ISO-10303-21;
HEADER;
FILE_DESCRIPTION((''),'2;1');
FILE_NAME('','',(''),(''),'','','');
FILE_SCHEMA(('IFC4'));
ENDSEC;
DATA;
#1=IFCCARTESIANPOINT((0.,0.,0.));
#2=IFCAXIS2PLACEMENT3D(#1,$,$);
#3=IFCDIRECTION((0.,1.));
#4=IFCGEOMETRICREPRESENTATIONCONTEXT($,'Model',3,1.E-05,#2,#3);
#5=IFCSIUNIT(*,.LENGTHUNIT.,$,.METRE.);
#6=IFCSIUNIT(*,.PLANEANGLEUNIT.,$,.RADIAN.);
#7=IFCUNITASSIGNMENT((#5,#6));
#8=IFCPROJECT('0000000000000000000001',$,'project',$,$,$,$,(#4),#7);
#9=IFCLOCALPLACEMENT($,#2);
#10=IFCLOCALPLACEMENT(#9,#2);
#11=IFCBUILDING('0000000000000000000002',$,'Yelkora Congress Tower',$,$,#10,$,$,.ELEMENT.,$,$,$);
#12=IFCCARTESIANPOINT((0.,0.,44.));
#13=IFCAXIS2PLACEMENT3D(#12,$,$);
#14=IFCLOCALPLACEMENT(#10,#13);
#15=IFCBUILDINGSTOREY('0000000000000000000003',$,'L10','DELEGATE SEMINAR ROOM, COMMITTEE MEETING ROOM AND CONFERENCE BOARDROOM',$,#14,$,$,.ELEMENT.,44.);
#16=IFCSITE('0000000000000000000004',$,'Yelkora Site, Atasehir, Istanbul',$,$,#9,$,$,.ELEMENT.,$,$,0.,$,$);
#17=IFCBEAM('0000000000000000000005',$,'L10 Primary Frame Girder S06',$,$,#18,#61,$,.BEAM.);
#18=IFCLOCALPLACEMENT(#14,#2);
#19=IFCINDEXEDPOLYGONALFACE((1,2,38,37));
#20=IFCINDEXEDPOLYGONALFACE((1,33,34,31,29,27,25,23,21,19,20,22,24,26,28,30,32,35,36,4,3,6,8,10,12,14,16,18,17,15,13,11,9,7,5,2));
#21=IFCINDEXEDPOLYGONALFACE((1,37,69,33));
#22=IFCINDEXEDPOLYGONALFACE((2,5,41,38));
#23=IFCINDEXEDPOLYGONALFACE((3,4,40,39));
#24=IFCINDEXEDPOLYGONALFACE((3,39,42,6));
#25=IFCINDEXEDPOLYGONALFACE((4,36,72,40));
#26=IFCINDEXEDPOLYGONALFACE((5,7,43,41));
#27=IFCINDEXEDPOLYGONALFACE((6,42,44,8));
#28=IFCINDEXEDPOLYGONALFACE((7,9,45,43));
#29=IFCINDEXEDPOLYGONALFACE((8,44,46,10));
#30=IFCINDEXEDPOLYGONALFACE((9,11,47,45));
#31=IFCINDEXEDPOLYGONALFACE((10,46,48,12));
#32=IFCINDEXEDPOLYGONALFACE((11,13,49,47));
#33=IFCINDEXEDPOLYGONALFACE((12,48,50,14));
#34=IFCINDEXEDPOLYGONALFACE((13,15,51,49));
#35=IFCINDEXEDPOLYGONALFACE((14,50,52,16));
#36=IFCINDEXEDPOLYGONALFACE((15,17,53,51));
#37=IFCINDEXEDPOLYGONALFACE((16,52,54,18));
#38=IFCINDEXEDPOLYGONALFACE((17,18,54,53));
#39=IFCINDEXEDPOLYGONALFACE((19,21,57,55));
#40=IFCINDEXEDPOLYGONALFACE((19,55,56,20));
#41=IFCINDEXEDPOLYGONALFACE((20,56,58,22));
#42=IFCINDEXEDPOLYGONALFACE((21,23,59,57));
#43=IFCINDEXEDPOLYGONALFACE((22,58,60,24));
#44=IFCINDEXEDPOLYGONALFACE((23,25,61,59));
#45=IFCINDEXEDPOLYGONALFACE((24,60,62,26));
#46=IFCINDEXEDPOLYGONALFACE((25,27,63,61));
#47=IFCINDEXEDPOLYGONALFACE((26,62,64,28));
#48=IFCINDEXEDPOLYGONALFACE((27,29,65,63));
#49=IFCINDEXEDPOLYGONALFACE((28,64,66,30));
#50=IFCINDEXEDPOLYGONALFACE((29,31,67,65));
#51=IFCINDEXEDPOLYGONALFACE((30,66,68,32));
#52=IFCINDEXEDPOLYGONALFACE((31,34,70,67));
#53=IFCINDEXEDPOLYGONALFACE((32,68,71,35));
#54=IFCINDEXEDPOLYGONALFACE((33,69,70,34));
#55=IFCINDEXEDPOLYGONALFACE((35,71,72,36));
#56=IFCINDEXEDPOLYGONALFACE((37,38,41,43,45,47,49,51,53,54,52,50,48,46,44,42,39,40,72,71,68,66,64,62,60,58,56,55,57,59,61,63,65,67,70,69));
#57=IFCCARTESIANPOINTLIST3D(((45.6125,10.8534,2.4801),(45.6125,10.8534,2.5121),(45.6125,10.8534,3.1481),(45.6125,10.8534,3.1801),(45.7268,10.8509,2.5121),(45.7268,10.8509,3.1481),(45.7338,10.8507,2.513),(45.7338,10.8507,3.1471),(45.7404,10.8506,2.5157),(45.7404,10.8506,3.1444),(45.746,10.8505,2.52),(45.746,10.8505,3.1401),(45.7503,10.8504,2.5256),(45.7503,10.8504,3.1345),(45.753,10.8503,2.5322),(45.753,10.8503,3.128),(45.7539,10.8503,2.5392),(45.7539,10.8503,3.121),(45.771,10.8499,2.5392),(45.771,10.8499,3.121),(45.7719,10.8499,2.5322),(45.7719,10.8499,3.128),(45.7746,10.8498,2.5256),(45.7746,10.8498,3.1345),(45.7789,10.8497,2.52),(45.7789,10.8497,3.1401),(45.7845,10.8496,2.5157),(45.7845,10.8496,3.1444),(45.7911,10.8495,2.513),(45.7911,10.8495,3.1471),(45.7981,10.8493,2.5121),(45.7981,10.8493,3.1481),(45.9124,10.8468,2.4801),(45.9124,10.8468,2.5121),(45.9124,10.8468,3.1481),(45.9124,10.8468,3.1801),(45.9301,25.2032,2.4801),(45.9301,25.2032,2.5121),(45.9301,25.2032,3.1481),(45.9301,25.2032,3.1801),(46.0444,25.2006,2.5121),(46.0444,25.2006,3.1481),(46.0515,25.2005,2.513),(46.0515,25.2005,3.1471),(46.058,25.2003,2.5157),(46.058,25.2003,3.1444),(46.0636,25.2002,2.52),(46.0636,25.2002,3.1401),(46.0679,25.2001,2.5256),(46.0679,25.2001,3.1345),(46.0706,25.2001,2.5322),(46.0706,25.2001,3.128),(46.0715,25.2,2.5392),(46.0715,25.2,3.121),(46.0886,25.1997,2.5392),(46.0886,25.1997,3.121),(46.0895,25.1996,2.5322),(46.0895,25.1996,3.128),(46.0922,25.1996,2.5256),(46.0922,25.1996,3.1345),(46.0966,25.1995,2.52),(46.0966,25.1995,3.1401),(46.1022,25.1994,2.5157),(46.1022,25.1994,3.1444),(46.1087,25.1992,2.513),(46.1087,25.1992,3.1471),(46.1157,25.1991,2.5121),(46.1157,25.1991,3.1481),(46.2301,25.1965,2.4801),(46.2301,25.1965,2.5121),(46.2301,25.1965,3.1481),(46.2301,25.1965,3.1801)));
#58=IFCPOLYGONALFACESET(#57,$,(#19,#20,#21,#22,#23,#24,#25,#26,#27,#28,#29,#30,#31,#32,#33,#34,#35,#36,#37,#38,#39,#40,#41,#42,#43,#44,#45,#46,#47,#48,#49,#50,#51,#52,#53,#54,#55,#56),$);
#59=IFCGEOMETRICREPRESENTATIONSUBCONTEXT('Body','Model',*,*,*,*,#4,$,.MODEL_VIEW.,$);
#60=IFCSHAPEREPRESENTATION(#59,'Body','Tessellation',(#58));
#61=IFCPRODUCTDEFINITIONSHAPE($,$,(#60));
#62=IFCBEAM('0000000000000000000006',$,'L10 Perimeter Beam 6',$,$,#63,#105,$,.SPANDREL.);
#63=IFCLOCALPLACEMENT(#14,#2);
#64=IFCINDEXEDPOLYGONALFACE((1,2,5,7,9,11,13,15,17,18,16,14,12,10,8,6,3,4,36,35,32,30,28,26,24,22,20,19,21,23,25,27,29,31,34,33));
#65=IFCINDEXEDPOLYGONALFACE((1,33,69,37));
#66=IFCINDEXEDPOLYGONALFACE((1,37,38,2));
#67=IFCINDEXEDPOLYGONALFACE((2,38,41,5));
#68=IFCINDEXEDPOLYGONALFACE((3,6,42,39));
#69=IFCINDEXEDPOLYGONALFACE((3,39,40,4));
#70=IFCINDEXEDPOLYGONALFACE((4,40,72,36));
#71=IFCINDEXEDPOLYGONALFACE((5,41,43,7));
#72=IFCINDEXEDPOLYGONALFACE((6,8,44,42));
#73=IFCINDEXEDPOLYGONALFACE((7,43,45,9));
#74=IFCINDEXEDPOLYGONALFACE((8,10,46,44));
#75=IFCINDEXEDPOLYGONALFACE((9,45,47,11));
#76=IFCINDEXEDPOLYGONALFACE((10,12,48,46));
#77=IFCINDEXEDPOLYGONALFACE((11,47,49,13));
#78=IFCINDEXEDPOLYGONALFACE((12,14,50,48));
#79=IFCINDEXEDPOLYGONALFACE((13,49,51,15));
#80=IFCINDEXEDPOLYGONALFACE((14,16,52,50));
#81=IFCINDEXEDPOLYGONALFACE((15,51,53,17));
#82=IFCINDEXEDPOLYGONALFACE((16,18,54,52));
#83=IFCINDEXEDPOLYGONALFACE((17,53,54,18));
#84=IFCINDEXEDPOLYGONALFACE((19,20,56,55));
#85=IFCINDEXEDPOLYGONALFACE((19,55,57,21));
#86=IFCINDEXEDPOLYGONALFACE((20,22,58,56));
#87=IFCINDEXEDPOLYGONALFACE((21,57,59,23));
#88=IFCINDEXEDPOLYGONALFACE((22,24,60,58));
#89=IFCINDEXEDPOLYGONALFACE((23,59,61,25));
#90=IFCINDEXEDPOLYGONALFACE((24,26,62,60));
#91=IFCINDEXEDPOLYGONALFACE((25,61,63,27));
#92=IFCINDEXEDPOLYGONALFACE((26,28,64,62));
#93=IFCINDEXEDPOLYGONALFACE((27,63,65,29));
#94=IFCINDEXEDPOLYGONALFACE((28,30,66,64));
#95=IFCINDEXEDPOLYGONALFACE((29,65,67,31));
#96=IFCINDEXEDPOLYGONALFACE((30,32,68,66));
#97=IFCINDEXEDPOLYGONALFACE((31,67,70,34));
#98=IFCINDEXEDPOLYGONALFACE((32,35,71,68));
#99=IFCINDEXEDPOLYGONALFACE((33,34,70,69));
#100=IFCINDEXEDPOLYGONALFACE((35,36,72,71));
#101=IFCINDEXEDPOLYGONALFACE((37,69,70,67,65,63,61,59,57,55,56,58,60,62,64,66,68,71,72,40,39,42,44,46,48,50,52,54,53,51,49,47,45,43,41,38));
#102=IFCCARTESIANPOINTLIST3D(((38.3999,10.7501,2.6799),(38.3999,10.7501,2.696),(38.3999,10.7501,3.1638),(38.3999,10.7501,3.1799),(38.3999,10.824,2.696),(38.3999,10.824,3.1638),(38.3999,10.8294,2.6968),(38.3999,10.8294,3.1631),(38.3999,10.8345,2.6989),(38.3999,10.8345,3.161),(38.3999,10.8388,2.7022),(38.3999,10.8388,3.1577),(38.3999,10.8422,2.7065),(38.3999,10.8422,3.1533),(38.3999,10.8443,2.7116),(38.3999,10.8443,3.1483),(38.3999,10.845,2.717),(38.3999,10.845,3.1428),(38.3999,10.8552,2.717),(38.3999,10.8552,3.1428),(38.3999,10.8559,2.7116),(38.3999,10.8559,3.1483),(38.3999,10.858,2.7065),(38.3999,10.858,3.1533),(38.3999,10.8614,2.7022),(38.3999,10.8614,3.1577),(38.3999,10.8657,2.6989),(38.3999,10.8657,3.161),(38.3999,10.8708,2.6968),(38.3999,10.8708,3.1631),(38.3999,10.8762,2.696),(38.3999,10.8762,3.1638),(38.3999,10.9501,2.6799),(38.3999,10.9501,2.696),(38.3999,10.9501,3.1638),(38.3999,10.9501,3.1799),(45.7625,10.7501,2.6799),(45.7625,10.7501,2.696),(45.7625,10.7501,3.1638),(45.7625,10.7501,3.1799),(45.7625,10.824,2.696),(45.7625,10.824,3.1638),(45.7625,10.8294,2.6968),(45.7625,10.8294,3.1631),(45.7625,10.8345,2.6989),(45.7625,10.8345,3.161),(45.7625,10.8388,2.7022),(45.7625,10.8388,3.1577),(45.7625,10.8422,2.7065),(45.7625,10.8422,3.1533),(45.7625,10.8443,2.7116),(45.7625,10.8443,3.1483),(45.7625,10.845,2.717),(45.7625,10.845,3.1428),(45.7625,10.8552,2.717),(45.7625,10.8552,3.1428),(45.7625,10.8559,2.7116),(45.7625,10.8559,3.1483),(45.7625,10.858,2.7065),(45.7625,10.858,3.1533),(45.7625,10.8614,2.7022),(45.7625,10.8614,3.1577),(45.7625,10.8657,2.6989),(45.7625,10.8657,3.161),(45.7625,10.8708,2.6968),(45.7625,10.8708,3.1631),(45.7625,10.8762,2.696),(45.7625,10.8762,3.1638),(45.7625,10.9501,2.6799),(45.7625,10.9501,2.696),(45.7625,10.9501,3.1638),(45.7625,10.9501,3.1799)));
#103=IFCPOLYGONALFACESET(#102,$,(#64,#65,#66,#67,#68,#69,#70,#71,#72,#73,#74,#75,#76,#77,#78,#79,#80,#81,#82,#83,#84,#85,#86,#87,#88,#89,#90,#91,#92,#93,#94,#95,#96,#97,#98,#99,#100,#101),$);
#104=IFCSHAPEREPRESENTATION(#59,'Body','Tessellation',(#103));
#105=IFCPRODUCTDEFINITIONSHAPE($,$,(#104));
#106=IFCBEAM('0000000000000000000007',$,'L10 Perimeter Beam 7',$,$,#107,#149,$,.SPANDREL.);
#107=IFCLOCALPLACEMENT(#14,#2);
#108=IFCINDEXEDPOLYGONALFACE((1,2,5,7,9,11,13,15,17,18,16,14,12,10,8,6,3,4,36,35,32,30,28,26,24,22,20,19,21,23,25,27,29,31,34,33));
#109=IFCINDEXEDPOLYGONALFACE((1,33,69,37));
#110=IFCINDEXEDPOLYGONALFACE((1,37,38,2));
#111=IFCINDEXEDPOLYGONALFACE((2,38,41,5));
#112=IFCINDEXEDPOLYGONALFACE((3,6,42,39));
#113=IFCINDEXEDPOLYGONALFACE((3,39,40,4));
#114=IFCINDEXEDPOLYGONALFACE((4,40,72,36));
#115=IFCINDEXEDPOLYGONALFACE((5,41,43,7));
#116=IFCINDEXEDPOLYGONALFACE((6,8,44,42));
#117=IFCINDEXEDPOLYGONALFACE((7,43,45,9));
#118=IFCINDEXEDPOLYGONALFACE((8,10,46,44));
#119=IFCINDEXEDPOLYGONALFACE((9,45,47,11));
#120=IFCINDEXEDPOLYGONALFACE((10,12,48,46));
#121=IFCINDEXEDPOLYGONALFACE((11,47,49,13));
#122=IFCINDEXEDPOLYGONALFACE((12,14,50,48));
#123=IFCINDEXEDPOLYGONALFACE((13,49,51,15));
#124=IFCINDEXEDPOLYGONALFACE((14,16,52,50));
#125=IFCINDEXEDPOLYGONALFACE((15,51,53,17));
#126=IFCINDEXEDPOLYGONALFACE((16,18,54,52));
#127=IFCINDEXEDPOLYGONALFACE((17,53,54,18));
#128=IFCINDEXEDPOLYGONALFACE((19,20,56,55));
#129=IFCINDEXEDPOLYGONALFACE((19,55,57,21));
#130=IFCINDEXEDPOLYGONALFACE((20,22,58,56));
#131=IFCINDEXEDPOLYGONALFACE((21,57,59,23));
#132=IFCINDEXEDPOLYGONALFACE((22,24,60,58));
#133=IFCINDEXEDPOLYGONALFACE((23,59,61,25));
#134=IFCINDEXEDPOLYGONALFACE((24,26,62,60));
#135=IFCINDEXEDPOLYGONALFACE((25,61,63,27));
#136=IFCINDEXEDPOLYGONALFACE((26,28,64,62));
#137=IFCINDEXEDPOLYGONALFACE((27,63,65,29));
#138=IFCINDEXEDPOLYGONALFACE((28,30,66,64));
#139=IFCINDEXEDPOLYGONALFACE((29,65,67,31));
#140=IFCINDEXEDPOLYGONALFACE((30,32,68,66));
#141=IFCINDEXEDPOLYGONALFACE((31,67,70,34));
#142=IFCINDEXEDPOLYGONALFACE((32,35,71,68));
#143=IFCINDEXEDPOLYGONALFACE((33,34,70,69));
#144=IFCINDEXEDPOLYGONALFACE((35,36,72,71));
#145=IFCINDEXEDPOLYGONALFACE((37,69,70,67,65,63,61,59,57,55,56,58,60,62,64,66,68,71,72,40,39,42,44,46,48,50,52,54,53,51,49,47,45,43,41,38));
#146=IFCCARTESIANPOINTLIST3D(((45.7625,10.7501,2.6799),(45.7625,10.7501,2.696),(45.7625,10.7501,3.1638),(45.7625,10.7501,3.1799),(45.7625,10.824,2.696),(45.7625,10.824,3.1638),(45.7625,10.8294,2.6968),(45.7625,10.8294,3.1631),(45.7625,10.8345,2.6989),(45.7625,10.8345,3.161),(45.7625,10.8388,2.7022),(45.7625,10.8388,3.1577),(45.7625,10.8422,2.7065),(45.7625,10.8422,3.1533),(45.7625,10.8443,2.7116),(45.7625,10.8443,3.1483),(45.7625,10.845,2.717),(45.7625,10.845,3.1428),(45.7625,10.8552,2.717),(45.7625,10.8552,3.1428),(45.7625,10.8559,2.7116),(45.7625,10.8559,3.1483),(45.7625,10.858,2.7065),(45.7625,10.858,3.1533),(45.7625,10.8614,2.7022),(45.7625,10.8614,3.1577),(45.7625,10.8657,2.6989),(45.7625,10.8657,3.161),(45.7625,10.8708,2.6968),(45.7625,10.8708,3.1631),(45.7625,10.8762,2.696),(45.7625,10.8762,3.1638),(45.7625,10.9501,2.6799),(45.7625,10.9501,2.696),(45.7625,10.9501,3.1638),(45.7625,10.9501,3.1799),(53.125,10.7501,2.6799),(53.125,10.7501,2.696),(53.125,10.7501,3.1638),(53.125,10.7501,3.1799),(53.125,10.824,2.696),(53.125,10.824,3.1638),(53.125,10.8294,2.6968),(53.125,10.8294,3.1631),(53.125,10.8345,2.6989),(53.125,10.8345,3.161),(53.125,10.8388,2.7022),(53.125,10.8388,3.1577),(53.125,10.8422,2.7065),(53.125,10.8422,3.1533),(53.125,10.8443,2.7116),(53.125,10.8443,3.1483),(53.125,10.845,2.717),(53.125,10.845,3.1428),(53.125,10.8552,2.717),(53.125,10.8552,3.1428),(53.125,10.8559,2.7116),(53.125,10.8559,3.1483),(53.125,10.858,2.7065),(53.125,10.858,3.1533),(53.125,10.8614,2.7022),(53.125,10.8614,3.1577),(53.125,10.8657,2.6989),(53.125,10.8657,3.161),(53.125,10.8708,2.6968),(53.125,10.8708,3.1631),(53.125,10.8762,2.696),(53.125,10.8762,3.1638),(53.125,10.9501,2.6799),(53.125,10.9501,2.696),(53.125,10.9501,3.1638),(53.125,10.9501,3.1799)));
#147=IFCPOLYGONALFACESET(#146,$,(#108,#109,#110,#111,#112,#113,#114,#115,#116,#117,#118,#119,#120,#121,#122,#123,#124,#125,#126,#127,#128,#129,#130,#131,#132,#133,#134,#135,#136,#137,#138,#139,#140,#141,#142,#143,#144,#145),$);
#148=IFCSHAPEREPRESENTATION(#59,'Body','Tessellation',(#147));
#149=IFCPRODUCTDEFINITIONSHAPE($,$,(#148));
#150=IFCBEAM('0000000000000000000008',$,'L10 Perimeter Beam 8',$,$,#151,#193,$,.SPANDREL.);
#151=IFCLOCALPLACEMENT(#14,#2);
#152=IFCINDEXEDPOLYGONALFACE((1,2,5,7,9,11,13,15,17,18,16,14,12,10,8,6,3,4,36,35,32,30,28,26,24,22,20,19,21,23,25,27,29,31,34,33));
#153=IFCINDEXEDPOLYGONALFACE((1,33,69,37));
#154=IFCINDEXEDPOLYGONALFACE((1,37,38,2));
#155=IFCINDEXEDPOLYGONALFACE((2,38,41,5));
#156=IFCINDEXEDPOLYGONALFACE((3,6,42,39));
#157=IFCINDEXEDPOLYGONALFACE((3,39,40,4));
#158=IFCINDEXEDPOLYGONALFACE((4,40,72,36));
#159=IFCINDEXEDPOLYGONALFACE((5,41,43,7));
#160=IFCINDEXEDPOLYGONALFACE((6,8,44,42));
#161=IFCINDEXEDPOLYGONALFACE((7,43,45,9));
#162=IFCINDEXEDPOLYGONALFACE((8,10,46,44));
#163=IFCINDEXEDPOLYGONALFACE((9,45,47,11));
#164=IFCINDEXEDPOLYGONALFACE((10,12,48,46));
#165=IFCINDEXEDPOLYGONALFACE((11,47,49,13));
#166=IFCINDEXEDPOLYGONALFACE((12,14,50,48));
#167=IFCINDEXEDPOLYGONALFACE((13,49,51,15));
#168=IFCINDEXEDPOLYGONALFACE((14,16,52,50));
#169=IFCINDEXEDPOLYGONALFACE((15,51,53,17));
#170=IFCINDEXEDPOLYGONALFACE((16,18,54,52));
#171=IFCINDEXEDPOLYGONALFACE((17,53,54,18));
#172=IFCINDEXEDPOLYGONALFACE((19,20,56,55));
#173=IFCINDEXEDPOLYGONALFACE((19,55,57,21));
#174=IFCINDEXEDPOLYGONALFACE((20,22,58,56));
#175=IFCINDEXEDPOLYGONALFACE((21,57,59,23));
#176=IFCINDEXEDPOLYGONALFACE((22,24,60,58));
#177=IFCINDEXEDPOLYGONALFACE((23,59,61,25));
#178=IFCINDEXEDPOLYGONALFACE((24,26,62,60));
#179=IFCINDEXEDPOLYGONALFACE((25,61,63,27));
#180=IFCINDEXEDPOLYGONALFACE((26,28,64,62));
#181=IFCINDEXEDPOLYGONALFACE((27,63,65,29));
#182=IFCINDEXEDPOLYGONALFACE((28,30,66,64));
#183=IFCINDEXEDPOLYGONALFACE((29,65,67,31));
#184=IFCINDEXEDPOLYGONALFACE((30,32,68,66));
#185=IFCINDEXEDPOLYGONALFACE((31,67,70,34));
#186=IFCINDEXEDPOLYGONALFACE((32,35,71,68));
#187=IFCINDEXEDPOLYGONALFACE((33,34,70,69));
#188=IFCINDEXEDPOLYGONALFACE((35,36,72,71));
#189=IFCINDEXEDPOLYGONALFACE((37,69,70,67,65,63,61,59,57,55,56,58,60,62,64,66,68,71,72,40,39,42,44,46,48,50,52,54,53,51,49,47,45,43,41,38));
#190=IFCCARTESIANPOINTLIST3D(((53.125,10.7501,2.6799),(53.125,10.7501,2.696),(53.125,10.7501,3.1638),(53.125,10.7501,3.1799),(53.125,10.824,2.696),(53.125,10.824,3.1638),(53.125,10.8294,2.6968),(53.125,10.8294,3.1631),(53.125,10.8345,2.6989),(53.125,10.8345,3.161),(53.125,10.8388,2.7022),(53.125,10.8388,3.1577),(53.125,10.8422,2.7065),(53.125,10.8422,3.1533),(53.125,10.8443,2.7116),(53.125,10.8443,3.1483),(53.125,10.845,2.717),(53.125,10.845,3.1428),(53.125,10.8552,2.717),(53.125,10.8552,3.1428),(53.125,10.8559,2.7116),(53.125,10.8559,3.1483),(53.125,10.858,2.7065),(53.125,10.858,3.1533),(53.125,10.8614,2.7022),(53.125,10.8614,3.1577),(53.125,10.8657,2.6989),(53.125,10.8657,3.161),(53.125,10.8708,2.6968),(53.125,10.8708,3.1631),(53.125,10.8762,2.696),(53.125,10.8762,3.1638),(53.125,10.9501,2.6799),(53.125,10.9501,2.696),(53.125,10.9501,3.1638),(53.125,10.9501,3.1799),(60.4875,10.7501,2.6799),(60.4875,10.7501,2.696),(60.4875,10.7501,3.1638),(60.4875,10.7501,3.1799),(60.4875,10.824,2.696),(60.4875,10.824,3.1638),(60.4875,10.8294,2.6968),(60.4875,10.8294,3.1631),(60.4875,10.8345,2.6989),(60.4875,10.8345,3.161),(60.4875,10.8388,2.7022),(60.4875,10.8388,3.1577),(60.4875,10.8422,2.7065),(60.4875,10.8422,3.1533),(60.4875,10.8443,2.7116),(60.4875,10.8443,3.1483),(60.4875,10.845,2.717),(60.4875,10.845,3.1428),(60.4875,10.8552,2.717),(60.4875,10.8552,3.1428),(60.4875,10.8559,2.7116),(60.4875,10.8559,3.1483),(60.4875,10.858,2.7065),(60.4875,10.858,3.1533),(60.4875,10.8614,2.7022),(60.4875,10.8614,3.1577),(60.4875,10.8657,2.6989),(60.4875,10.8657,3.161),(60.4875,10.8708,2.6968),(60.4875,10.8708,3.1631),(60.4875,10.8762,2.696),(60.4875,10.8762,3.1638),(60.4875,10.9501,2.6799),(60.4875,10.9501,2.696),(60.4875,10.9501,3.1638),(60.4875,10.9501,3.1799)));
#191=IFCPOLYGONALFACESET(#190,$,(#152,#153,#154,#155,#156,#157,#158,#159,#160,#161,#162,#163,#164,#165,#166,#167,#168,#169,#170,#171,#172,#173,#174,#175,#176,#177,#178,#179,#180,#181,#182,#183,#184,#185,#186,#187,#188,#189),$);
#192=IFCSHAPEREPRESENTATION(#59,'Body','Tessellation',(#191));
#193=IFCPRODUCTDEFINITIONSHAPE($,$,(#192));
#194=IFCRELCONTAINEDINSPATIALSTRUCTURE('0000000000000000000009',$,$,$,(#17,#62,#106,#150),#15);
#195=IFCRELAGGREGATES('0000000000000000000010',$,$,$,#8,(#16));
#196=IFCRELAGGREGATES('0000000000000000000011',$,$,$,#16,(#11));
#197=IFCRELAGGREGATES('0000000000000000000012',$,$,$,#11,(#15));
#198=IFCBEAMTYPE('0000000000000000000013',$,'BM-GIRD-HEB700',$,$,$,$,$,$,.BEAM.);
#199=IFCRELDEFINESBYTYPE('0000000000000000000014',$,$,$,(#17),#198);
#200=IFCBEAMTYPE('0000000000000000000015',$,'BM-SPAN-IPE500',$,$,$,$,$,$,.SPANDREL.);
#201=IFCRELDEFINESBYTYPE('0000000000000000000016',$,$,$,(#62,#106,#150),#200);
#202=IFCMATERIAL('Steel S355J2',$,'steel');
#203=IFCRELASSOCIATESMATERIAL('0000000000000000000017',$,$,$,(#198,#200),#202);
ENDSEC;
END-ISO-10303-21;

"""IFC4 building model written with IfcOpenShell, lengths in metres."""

from ifc_helpers import new_model, si_unit, direction, frame, origin, origin_2d, place, context, subcontext, project, spatial, i_section, extrude, material, material_profile, profile_set, type_object, element, save


model = new_model("IFC4")

# Units and contexts
model_context = context("Model", 3, precision=1e-05, world=origin(), true_north=direction((0.0, 1.0)))
body_context = subcontext(model_context, "Body", "Model", "MODEL_VIEW")
ifc_project = project(units=[si_unit("LENGTHUNIT", "METRE"), si_unit("PLANEANGLEUNIT", "RADIAN")], contexts=[model_context])

# Site, building, storey
site_placement = place(None, origin())
site = spatial("IfcSite", under=ifc_project, at=site_placement, Name="Yelkora Site, Atasehir, Istanbul", CompositionType="ELEMENT", RefElevation=0.0)
building_placement = place(site_placement, origin())
building = spatial("IfcBuilding", under=site, at=building_placement, Name="Yelkora Congress Tower", CompositionType="ELEMENT")
storey_placement = place(building_placement, frame((0.0, 0.0, 44.0)))
storey = spatial("IfcBuildingStorey", under=building, at=storey_placement, Name="L10", Description="DELEGATE SEMINAR ROOM, COMMITTEE MEETING ROOM AND CONFERENCE BOARDROOM", CompositionType="ELEMENT", Elevation=44.0)

# Beams
ifc_material_1 = material(Name="Steel S355J2", Category="steel")
ifc_material_profile_1 = material_profile(ifc_material_1, i_section(OverallWidth=0.3, OverallDepth=0.7, WebThickness=0.0171, FlangeThickness=0.032, FilletRadius=0.0271, at=origin_2d()), Name="HEB 700")
ifc_profile_set_1 = profile_set([ifc_material_profile_1], Name="Steel S355J2")
beam_type_1 = type_object("IfcBeamType", Name="BM-GIRD-HEB700", PredefinedType="BEAM", material=ifc_profile_set_1)
beam_1_placement = place(storey_placement, frame((45.7625, 10.8501, 2.8301), z_axis=(0.022129, 0.999755, 0.0), x_axis=(-0.999755, 0.022129, 0.0)))
element("IfcBeam", 1, at=beam_1_placement, inside=storey, type_object=beam_type_1, Name="L10 Primary Frame Girder S06", PredefinedType="BEAM", context=body_context, shape_type="SweptSolid", body=[
    extrude(i_section(OverallWidth=0.3, OverallDepth=0.7, WebThickness=0.0171, FlangeThickness=0.032, FilletRadius=0.0271, at=origin_2d()), origin(), (0.0, 0.0, 1.0), 14.3533),
])
ifc_material_profile_2 = material_profile(ifc_material_1, i_section(OverallWidth=0.2, OverallDepth=0.5, WebThickness=0.0103, FlangeThickness=0.0161, FilletRadius=0.021, at=origin_2d()), Name="IPE 500")
ifc_profile_set_2 = profile_set([ifc_material_profile_2], Name="Steel S355J2")
beam_type_2 = type_object("IfcBeamType", Name="BM-SPAN-IPE500", PredefinedType="SPANDREL", material=ifc_profile_set_2)
for number, where, z_axis, x_axis, name in (
    (2, (38.3999, 10.8501, 2.9299), (1.0, 0.0, 0.0), (0.0, 1.0, 0.0), "L10 Perimeter Beam 6"),
    (3, (45.7625, 10.8501, 2.9299), (1.0, 0.0, 0.0), (0.0, 1.0, 0.0), "L10 Perimeter Beam 7"),
    (4, (53.125, 10.8501, 2.9299), (1.0, 0.0, 0.0), (0.0, 1.0, 0.0), "L10 Perimeter Beam 8"),
):
    element("IfcBeam", number, at=place(storey_placement, frame(where, z_axis=z_axis, x_axis=x_axis)), inside=storey, type_object=beam_type_2, Name=name, PredefinedType="SPANDREL", context=body_context, shape_type="SweptSolid", body=[
        extrude(i_section(OverallWidth=0.2, OverallDepth=0.5, WebThickness=0.0103, FlangeThickness=0.0161, FilletRadius=0.021, at=origin_2d()), origin(), (0.0, 0.0, 1.0), 7.3625),
    ])

save(model, "model.ifc")
